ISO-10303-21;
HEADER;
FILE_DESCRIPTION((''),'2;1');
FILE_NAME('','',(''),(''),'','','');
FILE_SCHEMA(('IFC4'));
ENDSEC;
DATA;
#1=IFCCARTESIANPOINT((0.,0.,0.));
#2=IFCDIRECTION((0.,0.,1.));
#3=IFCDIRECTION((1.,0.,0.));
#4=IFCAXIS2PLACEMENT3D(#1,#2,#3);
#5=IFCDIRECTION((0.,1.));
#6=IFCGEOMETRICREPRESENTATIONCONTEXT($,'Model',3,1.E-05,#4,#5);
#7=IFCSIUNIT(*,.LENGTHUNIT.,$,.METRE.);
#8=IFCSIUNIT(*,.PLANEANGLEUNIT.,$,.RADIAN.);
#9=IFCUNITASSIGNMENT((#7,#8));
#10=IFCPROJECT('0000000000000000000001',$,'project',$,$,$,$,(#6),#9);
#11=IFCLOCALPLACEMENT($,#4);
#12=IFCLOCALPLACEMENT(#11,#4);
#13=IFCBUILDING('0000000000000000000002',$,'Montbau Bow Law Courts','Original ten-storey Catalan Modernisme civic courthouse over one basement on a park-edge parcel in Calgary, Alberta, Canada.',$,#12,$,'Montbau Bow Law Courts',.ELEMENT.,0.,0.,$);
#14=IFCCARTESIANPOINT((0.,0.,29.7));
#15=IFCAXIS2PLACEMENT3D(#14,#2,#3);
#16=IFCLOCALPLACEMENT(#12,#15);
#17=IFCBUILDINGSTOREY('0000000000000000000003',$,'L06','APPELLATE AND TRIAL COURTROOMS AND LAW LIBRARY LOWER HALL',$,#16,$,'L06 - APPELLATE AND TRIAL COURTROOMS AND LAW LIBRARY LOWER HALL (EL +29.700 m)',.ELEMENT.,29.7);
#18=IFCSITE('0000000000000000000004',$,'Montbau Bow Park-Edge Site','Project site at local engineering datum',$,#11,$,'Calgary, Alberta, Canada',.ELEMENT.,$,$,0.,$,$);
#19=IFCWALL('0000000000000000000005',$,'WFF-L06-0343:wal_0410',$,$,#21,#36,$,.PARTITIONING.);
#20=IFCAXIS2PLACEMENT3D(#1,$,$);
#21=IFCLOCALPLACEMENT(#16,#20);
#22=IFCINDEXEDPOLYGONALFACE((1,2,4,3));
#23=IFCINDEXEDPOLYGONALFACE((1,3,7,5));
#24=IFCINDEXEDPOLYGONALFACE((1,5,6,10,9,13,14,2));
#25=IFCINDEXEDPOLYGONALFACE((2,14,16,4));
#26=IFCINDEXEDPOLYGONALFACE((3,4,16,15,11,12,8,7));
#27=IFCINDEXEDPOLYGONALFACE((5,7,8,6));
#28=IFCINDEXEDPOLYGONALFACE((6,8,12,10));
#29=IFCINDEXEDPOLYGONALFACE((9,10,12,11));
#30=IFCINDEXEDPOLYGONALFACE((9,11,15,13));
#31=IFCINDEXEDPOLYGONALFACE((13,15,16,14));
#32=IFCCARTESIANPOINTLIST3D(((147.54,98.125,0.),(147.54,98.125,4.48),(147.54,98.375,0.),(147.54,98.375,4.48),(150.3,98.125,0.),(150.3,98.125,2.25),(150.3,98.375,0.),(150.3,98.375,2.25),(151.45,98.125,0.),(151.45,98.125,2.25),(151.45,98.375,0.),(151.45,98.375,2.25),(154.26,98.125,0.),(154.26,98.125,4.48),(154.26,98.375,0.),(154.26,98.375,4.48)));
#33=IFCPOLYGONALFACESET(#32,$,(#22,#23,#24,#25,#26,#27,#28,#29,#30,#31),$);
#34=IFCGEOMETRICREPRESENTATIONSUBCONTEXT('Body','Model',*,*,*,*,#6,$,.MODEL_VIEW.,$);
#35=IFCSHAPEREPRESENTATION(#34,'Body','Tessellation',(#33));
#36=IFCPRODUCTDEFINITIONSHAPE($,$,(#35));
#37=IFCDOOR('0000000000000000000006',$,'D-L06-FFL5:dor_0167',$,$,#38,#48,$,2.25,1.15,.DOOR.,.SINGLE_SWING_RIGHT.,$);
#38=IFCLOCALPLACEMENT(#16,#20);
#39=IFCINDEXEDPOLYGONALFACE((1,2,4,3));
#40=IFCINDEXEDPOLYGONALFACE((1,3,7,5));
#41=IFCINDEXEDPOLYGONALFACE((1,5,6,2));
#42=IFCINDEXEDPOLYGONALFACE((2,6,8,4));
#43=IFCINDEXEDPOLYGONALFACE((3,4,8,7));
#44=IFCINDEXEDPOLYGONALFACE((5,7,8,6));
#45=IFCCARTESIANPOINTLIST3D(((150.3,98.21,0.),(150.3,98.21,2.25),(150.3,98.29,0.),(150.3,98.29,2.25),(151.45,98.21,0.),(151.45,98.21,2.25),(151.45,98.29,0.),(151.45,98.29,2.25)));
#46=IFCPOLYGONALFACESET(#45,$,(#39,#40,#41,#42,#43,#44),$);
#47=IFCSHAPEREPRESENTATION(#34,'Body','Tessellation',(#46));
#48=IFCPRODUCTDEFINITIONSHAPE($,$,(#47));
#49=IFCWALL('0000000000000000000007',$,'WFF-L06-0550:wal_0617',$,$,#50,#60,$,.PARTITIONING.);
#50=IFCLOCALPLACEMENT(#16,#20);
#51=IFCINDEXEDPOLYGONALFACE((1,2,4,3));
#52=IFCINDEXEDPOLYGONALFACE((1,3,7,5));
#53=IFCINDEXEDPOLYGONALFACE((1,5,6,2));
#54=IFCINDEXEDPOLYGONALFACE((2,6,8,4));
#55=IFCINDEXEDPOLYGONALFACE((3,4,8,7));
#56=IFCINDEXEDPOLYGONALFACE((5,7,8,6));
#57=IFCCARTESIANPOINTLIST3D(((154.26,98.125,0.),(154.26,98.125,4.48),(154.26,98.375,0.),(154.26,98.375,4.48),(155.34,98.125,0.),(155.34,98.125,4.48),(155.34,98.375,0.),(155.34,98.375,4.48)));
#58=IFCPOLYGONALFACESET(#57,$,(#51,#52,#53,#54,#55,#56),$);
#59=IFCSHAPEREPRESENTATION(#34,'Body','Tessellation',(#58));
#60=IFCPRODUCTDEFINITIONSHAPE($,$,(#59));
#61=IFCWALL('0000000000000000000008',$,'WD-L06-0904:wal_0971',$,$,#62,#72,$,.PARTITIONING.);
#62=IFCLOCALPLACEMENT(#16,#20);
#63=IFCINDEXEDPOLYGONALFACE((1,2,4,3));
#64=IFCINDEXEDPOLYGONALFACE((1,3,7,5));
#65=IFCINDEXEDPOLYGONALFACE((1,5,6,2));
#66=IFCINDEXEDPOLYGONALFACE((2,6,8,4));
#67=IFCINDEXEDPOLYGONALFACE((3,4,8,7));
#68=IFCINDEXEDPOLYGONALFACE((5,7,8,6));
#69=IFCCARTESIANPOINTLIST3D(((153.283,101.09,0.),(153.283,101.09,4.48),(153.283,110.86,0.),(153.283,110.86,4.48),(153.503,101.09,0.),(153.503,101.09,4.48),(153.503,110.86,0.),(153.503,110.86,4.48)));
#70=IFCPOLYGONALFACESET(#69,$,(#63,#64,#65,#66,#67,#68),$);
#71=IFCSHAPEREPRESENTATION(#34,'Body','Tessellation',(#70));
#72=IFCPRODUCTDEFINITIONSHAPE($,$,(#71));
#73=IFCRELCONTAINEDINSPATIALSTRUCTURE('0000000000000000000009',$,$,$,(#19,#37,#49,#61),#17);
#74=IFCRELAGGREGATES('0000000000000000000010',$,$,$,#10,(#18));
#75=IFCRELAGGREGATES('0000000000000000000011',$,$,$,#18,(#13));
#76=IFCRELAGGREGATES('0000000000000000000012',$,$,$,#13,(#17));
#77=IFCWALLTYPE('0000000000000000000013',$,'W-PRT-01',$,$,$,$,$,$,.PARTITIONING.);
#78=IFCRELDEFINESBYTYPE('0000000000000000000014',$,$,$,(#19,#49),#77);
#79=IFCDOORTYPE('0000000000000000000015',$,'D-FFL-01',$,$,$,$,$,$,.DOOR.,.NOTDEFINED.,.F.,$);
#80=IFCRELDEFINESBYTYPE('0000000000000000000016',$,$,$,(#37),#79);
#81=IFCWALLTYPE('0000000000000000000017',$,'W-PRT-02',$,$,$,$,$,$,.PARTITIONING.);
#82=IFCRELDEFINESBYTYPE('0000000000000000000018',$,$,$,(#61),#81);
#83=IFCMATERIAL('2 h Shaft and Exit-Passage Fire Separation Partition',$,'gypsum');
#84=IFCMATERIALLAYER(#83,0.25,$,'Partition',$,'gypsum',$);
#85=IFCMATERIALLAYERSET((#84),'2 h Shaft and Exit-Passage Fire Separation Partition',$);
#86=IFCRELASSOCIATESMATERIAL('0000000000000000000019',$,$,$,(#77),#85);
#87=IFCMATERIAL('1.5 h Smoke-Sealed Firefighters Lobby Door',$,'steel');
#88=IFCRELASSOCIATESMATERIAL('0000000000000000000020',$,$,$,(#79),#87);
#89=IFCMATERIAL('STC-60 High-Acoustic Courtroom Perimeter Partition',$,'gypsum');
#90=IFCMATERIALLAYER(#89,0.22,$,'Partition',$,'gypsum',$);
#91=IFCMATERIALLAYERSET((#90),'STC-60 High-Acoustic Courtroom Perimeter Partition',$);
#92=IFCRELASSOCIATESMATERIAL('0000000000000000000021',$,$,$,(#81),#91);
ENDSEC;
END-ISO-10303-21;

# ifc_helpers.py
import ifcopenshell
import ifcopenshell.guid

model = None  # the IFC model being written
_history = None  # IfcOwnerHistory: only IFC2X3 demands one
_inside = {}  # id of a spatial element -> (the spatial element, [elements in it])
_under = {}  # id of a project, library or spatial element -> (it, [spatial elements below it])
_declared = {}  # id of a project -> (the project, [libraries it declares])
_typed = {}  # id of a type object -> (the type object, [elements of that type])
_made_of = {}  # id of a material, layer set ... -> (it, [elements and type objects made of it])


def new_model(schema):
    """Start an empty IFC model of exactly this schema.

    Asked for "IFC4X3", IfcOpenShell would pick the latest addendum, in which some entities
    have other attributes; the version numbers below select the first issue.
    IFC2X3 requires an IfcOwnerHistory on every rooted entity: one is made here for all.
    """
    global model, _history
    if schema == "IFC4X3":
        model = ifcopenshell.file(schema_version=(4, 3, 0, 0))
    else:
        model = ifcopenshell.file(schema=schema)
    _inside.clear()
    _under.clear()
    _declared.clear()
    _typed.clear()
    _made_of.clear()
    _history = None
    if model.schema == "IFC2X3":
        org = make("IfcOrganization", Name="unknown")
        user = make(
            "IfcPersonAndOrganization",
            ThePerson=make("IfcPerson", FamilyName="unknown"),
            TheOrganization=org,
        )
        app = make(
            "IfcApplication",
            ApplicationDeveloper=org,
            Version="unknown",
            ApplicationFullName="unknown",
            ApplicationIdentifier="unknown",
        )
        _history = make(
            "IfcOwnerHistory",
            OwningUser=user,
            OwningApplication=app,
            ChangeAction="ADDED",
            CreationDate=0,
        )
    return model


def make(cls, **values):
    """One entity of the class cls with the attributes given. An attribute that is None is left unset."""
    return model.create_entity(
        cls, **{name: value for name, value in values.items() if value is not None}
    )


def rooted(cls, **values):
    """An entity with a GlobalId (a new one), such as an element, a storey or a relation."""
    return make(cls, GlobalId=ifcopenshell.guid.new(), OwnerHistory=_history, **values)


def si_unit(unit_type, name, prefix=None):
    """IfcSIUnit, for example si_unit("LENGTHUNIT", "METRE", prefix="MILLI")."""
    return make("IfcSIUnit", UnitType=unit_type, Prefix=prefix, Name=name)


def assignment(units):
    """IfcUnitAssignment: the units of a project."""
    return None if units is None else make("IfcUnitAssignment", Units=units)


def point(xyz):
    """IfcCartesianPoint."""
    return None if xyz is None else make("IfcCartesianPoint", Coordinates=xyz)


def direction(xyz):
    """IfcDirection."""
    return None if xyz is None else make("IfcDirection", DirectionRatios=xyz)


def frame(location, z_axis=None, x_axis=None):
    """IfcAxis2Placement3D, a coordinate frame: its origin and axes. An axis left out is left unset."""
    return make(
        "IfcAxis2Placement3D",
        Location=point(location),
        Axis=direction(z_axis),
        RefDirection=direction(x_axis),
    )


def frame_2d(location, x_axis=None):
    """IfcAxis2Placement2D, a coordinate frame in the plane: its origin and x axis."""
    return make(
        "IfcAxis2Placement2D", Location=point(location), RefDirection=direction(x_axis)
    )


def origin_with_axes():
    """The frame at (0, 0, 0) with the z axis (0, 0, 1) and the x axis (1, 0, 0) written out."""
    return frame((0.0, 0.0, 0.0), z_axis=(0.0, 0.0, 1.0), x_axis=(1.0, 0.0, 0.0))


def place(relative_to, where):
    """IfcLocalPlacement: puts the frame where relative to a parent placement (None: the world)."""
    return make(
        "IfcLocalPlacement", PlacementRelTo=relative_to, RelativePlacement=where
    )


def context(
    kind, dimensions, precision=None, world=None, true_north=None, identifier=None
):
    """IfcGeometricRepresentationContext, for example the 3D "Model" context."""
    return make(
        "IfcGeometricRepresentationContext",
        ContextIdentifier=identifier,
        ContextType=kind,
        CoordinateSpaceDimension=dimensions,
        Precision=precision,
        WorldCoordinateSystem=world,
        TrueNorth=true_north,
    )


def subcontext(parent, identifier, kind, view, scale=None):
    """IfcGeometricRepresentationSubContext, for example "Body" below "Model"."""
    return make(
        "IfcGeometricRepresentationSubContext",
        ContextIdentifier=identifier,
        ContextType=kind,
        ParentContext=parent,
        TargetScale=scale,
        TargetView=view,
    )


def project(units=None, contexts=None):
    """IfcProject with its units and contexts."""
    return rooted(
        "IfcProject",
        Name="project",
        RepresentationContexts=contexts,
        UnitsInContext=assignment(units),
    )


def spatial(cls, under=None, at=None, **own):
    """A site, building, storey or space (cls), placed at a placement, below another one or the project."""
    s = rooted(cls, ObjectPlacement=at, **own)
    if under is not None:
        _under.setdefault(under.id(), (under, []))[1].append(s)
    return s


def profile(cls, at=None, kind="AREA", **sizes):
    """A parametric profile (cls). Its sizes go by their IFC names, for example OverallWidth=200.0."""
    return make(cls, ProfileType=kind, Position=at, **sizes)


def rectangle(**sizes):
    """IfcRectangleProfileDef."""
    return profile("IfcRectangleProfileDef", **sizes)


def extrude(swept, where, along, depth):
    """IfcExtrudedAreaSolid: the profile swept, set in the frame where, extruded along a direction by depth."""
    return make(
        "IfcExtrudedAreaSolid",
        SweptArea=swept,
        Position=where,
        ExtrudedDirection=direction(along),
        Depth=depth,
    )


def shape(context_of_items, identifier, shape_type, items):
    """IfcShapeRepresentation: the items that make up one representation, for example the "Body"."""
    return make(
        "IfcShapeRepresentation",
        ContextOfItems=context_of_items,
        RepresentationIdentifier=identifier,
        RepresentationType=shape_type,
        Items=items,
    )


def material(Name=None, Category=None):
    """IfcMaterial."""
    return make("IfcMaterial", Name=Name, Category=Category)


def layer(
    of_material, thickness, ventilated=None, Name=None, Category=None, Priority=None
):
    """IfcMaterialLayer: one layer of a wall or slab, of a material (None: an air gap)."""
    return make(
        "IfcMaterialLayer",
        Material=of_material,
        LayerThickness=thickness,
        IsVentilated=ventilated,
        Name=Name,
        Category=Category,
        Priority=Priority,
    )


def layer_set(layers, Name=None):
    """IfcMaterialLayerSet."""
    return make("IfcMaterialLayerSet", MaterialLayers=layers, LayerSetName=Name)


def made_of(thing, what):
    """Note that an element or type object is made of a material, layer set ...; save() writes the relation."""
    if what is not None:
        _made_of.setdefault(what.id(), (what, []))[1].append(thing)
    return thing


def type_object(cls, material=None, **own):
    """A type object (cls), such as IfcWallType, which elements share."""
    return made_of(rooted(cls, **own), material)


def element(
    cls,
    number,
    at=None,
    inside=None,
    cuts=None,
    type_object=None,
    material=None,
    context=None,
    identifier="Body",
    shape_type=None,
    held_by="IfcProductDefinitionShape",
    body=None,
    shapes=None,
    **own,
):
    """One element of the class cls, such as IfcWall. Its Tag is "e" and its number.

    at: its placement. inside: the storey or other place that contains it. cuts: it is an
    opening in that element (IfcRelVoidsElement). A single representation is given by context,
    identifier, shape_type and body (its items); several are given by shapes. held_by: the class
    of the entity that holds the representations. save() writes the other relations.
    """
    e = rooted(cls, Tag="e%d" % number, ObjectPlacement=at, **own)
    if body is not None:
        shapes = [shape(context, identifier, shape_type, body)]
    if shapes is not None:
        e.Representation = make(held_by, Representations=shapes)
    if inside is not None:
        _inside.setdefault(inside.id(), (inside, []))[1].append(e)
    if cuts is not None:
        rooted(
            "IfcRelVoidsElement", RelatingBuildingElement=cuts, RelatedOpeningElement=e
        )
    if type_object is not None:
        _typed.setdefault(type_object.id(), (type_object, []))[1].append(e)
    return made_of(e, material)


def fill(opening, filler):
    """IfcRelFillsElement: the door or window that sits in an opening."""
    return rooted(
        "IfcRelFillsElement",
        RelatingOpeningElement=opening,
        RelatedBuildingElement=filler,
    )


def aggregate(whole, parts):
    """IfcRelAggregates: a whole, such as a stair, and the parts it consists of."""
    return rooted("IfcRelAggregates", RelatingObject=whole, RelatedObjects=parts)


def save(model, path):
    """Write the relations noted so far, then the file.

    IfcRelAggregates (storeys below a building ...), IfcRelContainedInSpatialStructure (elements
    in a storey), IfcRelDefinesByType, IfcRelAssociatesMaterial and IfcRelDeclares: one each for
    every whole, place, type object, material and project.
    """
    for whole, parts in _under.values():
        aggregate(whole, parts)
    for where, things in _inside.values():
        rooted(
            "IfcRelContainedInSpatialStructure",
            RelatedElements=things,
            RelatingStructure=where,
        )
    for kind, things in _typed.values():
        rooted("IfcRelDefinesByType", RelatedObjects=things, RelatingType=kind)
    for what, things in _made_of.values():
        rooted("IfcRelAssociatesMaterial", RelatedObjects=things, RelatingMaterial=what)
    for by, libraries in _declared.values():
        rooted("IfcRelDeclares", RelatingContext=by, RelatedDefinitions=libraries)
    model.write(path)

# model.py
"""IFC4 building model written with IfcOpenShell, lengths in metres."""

from ifc_helpers import new_model, si_unit, direction, frame, frame_2d, origin_with_axes, place, context, subcontext, project, spatial, rectangle, extrude, material, layer, layer_set, type_object, element, fill, save


model = new_model("IFC4")

# Units and contexts
model_context = context("Model", 3, precision=1e-05, world=origin_with_axes(), true_north=direction((0.0, 1.0)))
body_context = subcontext(model_context, "Body", "Model", "MODEL_VIEW")
ifc_project = project(units=[si_unit("LENGTHUNIT", "METRE"), si_unit("PLANEANGLEUNIT", "RADIAN")], contexts=[model_context])

# Site, building, storey
site_placement = place(None, origin_with_axes())
site = spatial("IfcSite", under=ifc_project, at=site_placement, Name="Montbau Bow Park-Edge Site", Description="Project site at local engineering datum", LongName="Calgary, Alberta, Canada", CompositionType="ELEMENT", RefElevation=0.0)
building_placement = place(site_placement, origin_with_axes())
building = spatial("IfcBuilding", under=site, at=building_placement, Name="Montbau Bow Law Courts", Description="Original ten-storey Catalan Modernisme civic courthouse over one basement on a park-edge parcel in Calgary, Alberta, Canada.", LongName="Montbau Bow Law Courts", CompositionType="ELEMENT", ElevationOfRefHeight=0.0, ElevationOfTerrain=0.0)
storey_placement = place(building_placement, frame((0.0, 0.0, 29.7), z_axis=(0.0, 0.0, 1.0), x_axis=(1.0, 0.0, 0.0)))
storey = spatial("IfcBuildingStorey", under=building, at=storey_placement, Name="L06", Description="APPELLATE AND TRIAL COURTROOMS AND LAW LIBRARY LOWER HALL", LongName="L06 - APPELLATE AND TRIAL COURTROOMS AND LAW LIBRARY LOWER HALL (EL +29.700 m)", CompositionType="ELEMENT", Elevation=29.7)

# Wall, opening, door
ifc_material_1 = material(Name="2 h Shaft and Exit-Passage Fire Separation Partition", Category="gypsum")
ifc_layer_1 = layer(ifc_material_1, 0.25, Name="Partition", Category="gypsum")
ifc_layer_set_1 = layer_set([ifc_layer_1], Name="2 h Shaft and Exit-Passage Fire Separation Partition")
wall_type_1 = type_object("IfcWallType", Name="W-PRT-01", PredefinedType="PARTITIONING", material=ifc_layer_set_1)
wall_1_placement = place(None, frame((154.26, 98.25, 29.7), z_axis=(0.0, 0.0, 1.0), x_axis=(-1.0, 0.0, 0.0)))
wall_1 = element("IfcWall", 1, at=wall_1_placement, inside=storey, type_object=wall_type_1, Name="WFF-L06-0343:wal_0410", PredefinedType="PARTITIONING", context=body_context, shape_type="SweptSolid", body=[
    extrude(rectangle(XDim=6.72, YDim=0.25, at=frame_2d((3.36, 0.0), x_axis=(1.0, 0.0))), origin_with_axes(), (0.0, 0.0, 1.0), 4.48),
])
opening_placement = place(None, frame((150.875, 98.25, 29.7), z_axis=(0.0, 0.0, 1.0), x_axis=(-1.0, 0.0, 0.0)))
opening = element("IfcOpeningElement", 2, at=opening_placement, cuts=wall_1, PredefinedType="OPENING", context=body_context, shape_type="SweptSolid", body=[
    extrude(rectangle(XDim=1.15, YDim=2.25, at=frame_2d((0.0, 1.125), x_axis=(1.0, 0.0))), frame((0.0, 0.135, 0.0), z_axis=(0.0, -1.0, 0.0), x_axis=(1.0, 0.0, 0.0)), (0.0, 0.0, 1.0), 0.27),
])
ifc_material_2 = material(Name="1.5 h Smoke-Sealed Firefighters Lobby Door", Category="steel")
door_type = type_object("IfcDoorType", Name="D-FFL-01", OperationType="NOTDEFINED", ParameterTakesPrecedence=False, PredefinedType="DOOR", material=ifc_material_2)
door_placement = place(None, frame((150.875, 98.25, 29.7), z_axis=(0.0, 0.0, 1.0), x_axis=(1.0, 0.0, 0.0)))
door = element("IfcDoor", 3, at=door_placement, inside=storey, type_object=door_type, Name="D-L06-FFL5:dor_0167", OperationType="SINGLE_SWING_RIGHT", OverallHeight=2.25, OverallWidth=1.15, PredefinedType="DOOR", context=body_context, shape_type="SweptSolid", body=[
    extrude(rectangle(XDim=1.15, YDim=2.25, at=frame_2d((0.0, 1.125), x_axis=(1.0, 0.0))), frame((0.0, 0.04, 0.0), z_axis=(0.0, -1.0, 0.0), x_axis=(1.0, 0.0, 0.0)), (0.0, 0.0, 1.0), 0.08),
])
fill(opening, door)

# Walls
wall_2_placement = place(None, frame((154.26, 98.25, 29.7), z_axis=(0.0, 0.0, 1.0), x_axis=(1.0, 0.0, 0.0)))
element("IfcWall", 4, at=wall_2_placement, inside=storey, type_object=wall_type_1, Name="WFF-L06-0550:wal_0617", PredefinedType="PARTITIONING", context=body_context, shape_type="SweptSolid", body=[
    extrude(rectangle(XDim=1.08, YDim=0.25, at=frame_2d((0.54, 0.0), x_axis=(1.0, 0.0))), origin_with_axes(), (0.0, 0.0, 1.0), 4.48),
])
ifc_material_3 = material(Name="STC-60 High-Acoustic Courtroom Perimeter Partition", Category="gypsum")
ifc_layer_2 = layer(ifc_material_3, 0.22, Name="Partition", Category="gypsum")
ifc_layer_set_2 = layer_set([ifc_layer_2], Name="STC-60 High-Acoustic Courtroom Perimeter Partition")
wall_type_2 = type_object("IfcWallType", Name="W-PRT-02", PredefinedType="PARTITIONING", material=ifc_layer_set_2)
wall_3_placement = place(None, frame((153.393, 101.09, 29.7), z_axis=(0.0, 0.0, 1.0), x_axis=(0.0, 1.0, 0.0)))
element("IfcWall", 5, at=wall_3_placement, inside=storey, type_object=wall_type_2, Name="WD-L06-0904:wal_0971", PredefinedType="PARTITIONING", context=body_context, shape_type="SweptSolid", body=[
    extrude(rectangle(XDim=9.77, YDim=0.22, at=frame_2d((4.885, 0.0), x_axis=(1.0, 0.0))), origin_with_axes(), (0.0, 0.0, 1.0), 4.48),
])

save(model, "model.ifc")
